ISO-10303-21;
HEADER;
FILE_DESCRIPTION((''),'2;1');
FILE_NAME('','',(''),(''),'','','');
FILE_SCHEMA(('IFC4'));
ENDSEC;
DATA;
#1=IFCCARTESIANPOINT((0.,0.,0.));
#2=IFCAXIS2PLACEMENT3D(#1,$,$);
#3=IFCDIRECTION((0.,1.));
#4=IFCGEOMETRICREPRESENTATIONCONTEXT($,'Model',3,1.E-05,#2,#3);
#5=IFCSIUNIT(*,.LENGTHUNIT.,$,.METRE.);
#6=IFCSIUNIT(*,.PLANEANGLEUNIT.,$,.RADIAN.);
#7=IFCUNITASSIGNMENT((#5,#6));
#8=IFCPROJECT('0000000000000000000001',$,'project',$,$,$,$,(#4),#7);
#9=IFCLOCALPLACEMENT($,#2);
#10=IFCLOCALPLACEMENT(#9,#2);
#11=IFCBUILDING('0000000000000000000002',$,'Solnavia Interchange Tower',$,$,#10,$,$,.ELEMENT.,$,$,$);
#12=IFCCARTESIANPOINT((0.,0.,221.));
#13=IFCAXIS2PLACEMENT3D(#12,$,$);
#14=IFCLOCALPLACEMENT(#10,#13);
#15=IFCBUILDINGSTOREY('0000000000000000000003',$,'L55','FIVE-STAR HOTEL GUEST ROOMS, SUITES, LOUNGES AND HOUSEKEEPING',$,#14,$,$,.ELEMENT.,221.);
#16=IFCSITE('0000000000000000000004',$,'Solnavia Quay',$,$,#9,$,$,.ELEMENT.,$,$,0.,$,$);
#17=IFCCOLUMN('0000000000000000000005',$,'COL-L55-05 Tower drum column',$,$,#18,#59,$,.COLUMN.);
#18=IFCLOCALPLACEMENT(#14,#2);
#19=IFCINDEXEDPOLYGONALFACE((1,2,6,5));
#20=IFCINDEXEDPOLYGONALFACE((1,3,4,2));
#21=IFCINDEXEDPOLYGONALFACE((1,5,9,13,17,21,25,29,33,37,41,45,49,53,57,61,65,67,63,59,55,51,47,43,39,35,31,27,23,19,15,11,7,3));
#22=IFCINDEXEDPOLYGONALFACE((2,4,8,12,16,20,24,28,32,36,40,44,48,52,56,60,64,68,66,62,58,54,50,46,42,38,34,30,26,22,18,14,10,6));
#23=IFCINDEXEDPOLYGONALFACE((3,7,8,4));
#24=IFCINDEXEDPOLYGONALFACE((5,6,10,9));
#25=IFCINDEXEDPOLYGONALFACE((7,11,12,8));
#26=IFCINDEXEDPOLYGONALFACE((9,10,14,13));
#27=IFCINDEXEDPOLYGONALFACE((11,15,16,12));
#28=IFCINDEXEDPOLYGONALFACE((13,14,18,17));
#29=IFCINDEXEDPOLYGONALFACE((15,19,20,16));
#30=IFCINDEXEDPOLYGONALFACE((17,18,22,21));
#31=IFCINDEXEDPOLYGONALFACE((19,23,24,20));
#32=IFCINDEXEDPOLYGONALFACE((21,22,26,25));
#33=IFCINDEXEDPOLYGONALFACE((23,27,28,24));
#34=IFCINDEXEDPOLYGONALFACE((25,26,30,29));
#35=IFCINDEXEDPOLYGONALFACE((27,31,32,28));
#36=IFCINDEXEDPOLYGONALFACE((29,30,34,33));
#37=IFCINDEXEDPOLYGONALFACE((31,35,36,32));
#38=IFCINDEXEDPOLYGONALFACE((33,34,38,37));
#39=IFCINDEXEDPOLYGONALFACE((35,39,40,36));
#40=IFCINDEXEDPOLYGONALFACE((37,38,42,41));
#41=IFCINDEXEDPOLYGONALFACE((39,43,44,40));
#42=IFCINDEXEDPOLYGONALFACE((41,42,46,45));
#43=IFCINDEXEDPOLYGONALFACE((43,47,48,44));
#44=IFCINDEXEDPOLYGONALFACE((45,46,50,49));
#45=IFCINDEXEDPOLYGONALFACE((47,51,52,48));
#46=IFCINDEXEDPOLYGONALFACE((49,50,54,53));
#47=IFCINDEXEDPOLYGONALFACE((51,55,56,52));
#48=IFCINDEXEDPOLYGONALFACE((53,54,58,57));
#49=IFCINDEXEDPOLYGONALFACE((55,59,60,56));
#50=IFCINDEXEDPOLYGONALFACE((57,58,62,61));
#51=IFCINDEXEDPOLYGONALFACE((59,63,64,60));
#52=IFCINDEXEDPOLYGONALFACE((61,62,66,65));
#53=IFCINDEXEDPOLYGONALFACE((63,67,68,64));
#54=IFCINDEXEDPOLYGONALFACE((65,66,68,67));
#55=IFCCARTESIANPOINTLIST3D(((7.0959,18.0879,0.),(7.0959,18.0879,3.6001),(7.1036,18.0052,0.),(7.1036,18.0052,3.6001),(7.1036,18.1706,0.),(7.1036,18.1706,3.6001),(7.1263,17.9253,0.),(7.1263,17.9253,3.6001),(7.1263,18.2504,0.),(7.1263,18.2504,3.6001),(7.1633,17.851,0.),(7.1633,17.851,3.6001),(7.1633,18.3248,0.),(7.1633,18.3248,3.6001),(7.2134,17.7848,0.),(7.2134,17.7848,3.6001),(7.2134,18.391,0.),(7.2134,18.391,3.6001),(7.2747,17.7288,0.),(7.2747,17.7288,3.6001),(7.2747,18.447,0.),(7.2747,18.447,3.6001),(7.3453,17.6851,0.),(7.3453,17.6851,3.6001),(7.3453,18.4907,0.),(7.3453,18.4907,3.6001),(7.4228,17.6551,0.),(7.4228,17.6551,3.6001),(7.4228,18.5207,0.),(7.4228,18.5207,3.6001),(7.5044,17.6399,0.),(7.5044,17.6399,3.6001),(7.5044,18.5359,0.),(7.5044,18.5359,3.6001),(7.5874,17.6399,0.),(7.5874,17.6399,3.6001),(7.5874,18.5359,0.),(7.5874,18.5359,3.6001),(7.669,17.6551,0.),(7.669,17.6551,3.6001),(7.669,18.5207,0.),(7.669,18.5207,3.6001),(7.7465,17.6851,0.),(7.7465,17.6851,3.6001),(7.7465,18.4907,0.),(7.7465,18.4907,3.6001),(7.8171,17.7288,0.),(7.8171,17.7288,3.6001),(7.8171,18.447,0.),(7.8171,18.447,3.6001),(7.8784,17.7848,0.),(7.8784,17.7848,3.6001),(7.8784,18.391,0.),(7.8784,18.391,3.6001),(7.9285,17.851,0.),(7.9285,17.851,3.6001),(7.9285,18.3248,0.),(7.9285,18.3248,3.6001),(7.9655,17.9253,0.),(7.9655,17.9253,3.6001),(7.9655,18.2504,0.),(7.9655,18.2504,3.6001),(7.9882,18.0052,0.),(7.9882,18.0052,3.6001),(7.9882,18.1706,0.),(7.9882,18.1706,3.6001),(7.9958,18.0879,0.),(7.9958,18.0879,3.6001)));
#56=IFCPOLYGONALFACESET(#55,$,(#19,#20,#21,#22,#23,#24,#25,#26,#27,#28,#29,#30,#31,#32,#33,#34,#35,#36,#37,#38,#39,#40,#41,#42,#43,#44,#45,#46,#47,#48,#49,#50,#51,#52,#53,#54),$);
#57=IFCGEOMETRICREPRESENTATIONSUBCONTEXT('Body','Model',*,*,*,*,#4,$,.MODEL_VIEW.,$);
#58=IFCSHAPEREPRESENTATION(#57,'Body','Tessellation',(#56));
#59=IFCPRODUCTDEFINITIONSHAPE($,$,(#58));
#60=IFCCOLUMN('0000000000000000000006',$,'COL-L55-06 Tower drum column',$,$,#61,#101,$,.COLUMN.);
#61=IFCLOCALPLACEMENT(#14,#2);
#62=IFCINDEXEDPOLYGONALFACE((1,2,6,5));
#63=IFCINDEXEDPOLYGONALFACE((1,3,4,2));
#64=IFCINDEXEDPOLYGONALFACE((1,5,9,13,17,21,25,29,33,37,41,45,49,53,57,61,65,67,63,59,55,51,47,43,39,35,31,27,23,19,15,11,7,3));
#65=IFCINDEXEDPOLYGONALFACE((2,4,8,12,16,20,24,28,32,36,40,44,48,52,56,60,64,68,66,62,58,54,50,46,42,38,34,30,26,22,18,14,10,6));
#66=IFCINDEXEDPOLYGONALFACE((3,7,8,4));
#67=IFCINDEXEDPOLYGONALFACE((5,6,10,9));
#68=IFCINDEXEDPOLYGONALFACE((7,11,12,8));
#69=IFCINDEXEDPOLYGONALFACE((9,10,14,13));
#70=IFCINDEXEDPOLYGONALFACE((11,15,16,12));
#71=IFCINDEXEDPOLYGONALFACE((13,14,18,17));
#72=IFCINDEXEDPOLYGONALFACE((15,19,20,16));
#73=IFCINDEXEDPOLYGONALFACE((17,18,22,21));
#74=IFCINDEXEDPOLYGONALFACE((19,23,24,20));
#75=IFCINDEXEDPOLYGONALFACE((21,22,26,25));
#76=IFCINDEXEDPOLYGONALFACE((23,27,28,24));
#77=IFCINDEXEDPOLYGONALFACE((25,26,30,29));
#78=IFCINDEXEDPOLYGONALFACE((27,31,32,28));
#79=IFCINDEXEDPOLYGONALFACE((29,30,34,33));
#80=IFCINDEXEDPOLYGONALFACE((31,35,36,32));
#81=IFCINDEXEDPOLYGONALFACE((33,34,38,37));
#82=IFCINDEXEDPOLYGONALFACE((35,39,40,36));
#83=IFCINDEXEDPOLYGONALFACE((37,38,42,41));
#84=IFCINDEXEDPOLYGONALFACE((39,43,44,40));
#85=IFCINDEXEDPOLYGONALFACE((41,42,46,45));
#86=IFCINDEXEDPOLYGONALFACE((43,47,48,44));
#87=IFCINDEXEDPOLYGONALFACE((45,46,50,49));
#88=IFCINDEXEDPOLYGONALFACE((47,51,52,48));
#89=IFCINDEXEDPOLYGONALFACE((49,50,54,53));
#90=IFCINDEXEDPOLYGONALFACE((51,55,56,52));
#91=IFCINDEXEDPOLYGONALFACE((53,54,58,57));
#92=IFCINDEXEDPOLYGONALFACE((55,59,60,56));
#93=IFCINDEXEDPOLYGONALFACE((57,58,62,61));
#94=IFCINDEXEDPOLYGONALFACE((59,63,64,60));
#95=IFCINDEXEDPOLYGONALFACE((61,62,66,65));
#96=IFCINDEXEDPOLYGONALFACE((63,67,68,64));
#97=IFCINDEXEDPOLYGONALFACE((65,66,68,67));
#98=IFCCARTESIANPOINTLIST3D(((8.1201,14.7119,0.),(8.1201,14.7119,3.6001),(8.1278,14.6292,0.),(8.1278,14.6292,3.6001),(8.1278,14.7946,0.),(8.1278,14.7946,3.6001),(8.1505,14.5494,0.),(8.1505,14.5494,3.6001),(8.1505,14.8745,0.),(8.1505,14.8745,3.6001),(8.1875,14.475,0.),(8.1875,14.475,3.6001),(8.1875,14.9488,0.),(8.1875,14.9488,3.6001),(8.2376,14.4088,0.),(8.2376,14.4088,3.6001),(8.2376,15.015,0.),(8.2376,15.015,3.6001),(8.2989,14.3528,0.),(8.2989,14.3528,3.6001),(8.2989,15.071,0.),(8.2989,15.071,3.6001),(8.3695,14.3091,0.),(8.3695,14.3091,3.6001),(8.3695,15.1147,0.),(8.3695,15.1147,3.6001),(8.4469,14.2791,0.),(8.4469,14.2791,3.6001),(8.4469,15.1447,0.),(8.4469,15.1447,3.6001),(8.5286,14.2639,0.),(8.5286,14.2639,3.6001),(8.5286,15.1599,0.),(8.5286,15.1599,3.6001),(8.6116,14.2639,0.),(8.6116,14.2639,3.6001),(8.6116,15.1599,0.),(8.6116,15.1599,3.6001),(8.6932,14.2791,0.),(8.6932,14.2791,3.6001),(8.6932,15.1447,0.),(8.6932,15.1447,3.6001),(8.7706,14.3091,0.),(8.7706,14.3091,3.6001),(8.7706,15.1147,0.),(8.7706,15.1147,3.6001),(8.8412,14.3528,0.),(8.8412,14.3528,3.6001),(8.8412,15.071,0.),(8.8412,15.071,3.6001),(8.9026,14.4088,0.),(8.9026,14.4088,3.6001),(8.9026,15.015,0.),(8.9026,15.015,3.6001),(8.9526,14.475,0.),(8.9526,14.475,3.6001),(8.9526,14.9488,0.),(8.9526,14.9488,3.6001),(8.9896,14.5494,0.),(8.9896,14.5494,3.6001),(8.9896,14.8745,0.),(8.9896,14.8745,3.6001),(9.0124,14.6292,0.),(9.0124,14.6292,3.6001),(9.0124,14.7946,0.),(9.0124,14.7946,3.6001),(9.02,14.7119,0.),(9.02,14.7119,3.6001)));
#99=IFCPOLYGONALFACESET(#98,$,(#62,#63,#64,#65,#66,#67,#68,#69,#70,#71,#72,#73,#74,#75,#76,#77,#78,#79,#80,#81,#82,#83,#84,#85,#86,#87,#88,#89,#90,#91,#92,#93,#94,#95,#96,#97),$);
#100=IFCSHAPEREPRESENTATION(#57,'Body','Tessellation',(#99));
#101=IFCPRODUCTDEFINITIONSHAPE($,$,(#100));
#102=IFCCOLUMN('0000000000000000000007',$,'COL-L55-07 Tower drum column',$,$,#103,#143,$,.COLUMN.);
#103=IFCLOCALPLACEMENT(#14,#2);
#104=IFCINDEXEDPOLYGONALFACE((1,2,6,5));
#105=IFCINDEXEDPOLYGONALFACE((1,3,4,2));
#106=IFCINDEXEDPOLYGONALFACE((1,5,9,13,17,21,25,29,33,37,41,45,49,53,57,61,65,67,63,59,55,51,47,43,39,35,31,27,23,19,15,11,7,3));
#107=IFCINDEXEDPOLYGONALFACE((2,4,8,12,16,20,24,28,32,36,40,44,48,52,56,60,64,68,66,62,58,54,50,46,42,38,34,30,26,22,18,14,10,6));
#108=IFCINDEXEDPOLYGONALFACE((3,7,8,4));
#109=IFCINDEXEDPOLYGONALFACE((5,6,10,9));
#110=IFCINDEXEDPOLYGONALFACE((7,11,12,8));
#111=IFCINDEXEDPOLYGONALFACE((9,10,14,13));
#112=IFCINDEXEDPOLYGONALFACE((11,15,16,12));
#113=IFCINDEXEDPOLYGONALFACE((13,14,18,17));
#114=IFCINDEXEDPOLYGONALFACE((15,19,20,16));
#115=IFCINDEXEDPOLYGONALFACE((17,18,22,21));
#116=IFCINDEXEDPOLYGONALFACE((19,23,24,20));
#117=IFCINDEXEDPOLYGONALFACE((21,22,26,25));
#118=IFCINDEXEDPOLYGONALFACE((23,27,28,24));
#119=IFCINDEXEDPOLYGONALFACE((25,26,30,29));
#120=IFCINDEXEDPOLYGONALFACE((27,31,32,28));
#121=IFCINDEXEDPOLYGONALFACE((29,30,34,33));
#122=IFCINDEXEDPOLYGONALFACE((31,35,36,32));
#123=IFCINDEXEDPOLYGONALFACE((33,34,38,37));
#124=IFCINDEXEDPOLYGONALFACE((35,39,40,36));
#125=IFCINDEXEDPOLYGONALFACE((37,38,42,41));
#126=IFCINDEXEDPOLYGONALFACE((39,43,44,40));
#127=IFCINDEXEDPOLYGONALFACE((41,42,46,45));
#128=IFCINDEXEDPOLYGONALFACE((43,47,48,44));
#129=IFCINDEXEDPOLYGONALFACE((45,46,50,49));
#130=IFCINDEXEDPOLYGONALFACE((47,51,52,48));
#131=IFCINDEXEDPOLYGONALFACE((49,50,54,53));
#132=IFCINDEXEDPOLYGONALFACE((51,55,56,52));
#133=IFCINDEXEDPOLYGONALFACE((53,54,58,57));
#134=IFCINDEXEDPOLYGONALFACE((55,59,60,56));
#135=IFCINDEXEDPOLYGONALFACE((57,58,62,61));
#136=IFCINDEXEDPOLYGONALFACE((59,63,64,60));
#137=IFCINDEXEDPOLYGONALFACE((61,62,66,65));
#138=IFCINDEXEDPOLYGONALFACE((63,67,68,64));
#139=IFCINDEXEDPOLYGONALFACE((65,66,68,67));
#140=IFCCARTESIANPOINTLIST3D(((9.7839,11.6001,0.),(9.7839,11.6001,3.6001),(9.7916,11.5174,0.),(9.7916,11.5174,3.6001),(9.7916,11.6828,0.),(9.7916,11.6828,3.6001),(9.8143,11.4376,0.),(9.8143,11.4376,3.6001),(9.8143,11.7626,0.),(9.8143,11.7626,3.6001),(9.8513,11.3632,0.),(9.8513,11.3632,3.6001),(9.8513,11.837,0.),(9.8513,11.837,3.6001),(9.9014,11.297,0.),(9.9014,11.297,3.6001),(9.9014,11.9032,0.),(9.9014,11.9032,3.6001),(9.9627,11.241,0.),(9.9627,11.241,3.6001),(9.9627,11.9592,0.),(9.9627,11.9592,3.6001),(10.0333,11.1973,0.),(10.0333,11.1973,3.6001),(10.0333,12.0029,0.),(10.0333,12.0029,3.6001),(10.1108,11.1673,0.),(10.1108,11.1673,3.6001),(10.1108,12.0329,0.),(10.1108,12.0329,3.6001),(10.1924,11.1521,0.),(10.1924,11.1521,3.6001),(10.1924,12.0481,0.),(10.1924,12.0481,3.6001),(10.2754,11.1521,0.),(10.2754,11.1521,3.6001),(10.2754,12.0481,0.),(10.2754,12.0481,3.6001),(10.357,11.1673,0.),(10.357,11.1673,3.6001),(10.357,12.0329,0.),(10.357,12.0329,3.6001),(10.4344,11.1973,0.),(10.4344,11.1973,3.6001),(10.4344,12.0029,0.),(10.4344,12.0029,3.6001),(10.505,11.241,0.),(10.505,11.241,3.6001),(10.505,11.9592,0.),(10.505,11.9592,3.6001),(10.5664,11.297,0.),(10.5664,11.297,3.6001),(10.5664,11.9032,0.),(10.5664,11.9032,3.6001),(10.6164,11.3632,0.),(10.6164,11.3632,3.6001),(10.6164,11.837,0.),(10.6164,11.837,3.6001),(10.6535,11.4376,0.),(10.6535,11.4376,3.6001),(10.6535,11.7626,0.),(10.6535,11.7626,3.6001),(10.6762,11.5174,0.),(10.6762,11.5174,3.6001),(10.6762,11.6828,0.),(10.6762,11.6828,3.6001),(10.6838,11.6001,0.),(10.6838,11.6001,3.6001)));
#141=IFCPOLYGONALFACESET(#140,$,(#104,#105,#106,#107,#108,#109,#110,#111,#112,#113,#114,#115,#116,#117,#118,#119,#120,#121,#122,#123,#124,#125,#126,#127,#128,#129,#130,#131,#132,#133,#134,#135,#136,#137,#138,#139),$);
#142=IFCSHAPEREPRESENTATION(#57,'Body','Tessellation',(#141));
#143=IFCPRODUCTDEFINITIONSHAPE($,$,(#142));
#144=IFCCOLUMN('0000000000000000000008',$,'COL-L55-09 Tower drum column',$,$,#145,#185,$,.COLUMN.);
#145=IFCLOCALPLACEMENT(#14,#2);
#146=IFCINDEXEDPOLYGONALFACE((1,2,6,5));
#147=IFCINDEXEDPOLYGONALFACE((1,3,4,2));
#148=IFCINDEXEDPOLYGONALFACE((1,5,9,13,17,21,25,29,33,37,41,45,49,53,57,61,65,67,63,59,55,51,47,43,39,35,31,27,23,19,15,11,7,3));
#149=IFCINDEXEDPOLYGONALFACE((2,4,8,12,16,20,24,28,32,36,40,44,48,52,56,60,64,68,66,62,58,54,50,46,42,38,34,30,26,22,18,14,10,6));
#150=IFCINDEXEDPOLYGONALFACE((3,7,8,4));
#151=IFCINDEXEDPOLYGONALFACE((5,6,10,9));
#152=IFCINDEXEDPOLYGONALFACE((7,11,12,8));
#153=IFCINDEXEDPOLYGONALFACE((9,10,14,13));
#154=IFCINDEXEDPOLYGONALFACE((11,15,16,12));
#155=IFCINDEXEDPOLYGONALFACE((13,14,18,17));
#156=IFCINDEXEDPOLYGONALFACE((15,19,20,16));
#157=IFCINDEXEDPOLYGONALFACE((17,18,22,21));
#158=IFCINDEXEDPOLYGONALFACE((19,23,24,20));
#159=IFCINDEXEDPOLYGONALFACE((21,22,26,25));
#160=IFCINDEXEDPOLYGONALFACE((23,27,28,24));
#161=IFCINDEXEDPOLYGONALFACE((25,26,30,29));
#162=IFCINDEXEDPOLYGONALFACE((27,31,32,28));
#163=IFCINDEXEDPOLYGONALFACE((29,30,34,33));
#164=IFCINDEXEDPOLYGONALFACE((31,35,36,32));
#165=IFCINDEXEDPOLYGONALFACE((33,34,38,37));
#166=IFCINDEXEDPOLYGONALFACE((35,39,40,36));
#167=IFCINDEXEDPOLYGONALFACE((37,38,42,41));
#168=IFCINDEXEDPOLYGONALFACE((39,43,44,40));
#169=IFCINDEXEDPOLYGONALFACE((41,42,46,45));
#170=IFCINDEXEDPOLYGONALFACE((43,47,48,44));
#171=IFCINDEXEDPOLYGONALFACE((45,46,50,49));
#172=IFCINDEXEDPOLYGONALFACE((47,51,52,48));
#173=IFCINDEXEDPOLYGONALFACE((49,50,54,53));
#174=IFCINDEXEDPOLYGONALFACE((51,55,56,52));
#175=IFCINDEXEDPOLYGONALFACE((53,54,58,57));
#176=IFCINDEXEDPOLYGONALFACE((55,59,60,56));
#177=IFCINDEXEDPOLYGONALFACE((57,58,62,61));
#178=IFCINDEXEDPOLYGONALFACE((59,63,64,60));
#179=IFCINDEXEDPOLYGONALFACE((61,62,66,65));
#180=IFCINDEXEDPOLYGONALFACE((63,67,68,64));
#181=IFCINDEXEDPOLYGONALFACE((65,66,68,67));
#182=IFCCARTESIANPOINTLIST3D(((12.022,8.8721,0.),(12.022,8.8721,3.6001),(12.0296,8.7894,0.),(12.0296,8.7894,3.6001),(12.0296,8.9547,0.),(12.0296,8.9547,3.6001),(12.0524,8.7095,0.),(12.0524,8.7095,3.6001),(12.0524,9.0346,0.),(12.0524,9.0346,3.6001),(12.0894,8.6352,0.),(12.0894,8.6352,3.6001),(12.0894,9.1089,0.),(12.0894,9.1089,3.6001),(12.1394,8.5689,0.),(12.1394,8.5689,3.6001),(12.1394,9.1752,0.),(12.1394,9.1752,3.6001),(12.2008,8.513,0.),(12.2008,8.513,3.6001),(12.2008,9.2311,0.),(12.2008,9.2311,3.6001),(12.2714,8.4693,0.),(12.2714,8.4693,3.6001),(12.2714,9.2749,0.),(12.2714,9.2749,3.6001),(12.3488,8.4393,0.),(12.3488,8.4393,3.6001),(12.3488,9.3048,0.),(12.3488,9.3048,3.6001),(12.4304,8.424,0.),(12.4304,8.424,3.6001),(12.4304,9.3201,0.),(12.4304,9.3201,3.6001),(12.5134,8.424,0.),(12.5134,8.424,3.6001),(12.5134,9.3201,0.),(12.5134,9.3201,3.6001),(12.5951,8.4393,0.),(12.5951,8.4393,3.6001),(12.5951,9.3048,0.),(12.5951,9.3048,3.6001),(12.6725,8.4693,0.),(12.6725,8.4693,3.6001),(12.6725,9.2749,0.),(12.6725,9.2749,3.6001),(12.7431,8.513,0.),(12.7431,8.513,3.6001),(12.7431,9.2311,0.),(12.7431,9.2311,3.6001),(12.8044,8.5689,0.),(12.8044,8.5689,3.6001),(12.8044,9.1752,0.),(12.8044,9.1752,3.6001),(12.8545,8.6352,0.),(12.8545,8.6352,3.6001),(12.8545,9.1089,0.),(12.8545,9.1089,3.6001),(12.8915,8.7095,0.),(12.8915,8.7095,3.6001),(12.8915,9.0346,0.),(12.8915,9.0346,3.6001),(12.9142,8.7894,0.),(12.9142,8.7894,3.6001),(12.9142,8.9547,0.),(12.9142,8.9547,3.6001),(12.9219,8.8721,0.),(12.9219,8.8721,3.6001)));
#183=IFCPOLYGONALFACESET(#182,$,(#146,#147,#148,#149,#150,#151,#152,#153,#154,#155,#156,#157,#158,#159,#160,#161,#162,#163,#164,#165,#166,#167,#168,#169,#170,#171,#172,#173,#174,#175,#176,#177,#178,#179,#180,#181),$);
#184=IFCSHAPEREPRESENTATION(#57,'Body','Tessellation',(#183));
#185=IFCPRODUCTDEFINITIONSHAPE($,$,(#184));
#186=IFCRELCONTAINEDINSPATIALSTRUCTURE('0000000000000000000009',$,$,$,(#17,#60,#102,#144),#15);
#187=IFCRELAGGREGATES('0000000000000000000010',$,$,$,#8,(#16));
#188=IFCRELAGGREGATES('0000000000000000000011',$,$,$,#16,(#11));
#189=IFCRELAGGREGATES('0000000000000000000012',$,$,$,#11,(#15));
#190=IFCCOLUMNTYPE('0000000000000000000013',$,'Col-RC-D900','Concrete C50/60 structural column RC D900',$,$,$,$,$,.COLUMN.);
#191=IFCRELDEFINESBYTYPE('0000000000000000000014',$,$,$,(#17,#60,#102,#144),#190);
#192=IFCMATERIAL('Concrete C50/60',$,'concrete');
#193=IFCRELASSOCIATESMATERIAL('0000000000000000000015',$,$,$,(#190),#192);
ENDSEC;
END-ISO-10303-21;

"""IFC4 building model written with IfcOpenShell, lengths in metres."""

from ifc_helpers import new_model, si_unit, direction, frame, origin, origin_2d, place, context, subcontext, project, spatial, circle, extrude, material, material_profile, profile_set, type_object, element, save


model = new_model("IFC4")

# Units and contexts
model_context = context("Model", 3, precision=1e-05, world=origin(), true_north=direction((0.0, 1.0)))
body_context = subcontext(model_context, "Body", "Model", "MODEL_VIEW")
ifc_project = project(units=[si_unit("LENGTHUNIT", "METRE"), si_unit("PLANEANGLEUNIT", "RADIAN")], contexts=[model_context])

# Site, building, storey
site_placement = place(None, origin())
site = spatial("IfcSite", under=ifc_project, at=site_placement, Name="Solnavia Quay", CompositionType="ELEMENT", RefElevation=0.0)
building_placement = place(site_placement, origin())
building = spatial("IfcBuilding", under=site, at=building_placement, Name="Solnavia Interchange Tower", CompositionType="ELEMENT")
storey_placement = place(building_placement, frame((0.0, 0.0, 221.0)))
storey = spatial("IfcBuildingStorey", under=building, at=storey_placement, Name="L55", Description="FIVE-STAR HOTEL GUEST ROOMS, SUITES, LOUNGES AND HOUSEKEEPING", CompositionType="ELEMENT", Elevation=221.0)

# Columns
ifc_material_1 = material(Name="Concrete C50/60", Category="concrete")
ifc_material_profile_1 = material_profile(ifc_material_1, circle(Radius=0.45, at=origin_2d()), Name="RC D900")
ifc_profile_set_1 = profile_set([ifc_material_profile_1], Name="Concrete C50/60")
column_type = type_object("IfcColumnType", Name="Col-RC-D900", Description="Concrete C50/60 structural column RC D900", PredefinedType="COLUMN", material=ifc_profile_set_1)
for number, where, z_axis, x_axis, name in (
    (1, (7.5459, 18.0879, 0.0), (0.0, 0.0, 1.0), (1.0, 0.0, 0.0), "COL-L55-05 Tower drum column"),
    (2, (8.5701, 14.7119, 0.0), (0.0, 0.0, 1.0), (1.0, 0.0, 0.0), "COL-L55-06 Tower drum column"),
    (3, (10.2339, 11.6001, 0.0), (0.0, 0.0, 1.0), (1.0, 0.0, 0.0), "COL-L55-07 Tower drum column"),
    (4, (12.4719, 8.8721, 0.0), (0.0, 0.0, 1.0), (1.0, 0.0, 0.0), "COL-L55-09 Tower drum column"),
):
    element("IfcColumn", number, at=place(storey_placement, frame(where, z_axis=z_axis, x_axis=x_axis)), inside=storey, type_object=column_type, Name=name, PredefinedType="COLUMN", context=body_context, shape_type="SweptSolid", body=[
        extrude(circle(Radius=0.45, at=origin_2d()), origin(), (0.0, 0.0, 1.0), 3.6001),
    ])

save(model, "model.ifc")
